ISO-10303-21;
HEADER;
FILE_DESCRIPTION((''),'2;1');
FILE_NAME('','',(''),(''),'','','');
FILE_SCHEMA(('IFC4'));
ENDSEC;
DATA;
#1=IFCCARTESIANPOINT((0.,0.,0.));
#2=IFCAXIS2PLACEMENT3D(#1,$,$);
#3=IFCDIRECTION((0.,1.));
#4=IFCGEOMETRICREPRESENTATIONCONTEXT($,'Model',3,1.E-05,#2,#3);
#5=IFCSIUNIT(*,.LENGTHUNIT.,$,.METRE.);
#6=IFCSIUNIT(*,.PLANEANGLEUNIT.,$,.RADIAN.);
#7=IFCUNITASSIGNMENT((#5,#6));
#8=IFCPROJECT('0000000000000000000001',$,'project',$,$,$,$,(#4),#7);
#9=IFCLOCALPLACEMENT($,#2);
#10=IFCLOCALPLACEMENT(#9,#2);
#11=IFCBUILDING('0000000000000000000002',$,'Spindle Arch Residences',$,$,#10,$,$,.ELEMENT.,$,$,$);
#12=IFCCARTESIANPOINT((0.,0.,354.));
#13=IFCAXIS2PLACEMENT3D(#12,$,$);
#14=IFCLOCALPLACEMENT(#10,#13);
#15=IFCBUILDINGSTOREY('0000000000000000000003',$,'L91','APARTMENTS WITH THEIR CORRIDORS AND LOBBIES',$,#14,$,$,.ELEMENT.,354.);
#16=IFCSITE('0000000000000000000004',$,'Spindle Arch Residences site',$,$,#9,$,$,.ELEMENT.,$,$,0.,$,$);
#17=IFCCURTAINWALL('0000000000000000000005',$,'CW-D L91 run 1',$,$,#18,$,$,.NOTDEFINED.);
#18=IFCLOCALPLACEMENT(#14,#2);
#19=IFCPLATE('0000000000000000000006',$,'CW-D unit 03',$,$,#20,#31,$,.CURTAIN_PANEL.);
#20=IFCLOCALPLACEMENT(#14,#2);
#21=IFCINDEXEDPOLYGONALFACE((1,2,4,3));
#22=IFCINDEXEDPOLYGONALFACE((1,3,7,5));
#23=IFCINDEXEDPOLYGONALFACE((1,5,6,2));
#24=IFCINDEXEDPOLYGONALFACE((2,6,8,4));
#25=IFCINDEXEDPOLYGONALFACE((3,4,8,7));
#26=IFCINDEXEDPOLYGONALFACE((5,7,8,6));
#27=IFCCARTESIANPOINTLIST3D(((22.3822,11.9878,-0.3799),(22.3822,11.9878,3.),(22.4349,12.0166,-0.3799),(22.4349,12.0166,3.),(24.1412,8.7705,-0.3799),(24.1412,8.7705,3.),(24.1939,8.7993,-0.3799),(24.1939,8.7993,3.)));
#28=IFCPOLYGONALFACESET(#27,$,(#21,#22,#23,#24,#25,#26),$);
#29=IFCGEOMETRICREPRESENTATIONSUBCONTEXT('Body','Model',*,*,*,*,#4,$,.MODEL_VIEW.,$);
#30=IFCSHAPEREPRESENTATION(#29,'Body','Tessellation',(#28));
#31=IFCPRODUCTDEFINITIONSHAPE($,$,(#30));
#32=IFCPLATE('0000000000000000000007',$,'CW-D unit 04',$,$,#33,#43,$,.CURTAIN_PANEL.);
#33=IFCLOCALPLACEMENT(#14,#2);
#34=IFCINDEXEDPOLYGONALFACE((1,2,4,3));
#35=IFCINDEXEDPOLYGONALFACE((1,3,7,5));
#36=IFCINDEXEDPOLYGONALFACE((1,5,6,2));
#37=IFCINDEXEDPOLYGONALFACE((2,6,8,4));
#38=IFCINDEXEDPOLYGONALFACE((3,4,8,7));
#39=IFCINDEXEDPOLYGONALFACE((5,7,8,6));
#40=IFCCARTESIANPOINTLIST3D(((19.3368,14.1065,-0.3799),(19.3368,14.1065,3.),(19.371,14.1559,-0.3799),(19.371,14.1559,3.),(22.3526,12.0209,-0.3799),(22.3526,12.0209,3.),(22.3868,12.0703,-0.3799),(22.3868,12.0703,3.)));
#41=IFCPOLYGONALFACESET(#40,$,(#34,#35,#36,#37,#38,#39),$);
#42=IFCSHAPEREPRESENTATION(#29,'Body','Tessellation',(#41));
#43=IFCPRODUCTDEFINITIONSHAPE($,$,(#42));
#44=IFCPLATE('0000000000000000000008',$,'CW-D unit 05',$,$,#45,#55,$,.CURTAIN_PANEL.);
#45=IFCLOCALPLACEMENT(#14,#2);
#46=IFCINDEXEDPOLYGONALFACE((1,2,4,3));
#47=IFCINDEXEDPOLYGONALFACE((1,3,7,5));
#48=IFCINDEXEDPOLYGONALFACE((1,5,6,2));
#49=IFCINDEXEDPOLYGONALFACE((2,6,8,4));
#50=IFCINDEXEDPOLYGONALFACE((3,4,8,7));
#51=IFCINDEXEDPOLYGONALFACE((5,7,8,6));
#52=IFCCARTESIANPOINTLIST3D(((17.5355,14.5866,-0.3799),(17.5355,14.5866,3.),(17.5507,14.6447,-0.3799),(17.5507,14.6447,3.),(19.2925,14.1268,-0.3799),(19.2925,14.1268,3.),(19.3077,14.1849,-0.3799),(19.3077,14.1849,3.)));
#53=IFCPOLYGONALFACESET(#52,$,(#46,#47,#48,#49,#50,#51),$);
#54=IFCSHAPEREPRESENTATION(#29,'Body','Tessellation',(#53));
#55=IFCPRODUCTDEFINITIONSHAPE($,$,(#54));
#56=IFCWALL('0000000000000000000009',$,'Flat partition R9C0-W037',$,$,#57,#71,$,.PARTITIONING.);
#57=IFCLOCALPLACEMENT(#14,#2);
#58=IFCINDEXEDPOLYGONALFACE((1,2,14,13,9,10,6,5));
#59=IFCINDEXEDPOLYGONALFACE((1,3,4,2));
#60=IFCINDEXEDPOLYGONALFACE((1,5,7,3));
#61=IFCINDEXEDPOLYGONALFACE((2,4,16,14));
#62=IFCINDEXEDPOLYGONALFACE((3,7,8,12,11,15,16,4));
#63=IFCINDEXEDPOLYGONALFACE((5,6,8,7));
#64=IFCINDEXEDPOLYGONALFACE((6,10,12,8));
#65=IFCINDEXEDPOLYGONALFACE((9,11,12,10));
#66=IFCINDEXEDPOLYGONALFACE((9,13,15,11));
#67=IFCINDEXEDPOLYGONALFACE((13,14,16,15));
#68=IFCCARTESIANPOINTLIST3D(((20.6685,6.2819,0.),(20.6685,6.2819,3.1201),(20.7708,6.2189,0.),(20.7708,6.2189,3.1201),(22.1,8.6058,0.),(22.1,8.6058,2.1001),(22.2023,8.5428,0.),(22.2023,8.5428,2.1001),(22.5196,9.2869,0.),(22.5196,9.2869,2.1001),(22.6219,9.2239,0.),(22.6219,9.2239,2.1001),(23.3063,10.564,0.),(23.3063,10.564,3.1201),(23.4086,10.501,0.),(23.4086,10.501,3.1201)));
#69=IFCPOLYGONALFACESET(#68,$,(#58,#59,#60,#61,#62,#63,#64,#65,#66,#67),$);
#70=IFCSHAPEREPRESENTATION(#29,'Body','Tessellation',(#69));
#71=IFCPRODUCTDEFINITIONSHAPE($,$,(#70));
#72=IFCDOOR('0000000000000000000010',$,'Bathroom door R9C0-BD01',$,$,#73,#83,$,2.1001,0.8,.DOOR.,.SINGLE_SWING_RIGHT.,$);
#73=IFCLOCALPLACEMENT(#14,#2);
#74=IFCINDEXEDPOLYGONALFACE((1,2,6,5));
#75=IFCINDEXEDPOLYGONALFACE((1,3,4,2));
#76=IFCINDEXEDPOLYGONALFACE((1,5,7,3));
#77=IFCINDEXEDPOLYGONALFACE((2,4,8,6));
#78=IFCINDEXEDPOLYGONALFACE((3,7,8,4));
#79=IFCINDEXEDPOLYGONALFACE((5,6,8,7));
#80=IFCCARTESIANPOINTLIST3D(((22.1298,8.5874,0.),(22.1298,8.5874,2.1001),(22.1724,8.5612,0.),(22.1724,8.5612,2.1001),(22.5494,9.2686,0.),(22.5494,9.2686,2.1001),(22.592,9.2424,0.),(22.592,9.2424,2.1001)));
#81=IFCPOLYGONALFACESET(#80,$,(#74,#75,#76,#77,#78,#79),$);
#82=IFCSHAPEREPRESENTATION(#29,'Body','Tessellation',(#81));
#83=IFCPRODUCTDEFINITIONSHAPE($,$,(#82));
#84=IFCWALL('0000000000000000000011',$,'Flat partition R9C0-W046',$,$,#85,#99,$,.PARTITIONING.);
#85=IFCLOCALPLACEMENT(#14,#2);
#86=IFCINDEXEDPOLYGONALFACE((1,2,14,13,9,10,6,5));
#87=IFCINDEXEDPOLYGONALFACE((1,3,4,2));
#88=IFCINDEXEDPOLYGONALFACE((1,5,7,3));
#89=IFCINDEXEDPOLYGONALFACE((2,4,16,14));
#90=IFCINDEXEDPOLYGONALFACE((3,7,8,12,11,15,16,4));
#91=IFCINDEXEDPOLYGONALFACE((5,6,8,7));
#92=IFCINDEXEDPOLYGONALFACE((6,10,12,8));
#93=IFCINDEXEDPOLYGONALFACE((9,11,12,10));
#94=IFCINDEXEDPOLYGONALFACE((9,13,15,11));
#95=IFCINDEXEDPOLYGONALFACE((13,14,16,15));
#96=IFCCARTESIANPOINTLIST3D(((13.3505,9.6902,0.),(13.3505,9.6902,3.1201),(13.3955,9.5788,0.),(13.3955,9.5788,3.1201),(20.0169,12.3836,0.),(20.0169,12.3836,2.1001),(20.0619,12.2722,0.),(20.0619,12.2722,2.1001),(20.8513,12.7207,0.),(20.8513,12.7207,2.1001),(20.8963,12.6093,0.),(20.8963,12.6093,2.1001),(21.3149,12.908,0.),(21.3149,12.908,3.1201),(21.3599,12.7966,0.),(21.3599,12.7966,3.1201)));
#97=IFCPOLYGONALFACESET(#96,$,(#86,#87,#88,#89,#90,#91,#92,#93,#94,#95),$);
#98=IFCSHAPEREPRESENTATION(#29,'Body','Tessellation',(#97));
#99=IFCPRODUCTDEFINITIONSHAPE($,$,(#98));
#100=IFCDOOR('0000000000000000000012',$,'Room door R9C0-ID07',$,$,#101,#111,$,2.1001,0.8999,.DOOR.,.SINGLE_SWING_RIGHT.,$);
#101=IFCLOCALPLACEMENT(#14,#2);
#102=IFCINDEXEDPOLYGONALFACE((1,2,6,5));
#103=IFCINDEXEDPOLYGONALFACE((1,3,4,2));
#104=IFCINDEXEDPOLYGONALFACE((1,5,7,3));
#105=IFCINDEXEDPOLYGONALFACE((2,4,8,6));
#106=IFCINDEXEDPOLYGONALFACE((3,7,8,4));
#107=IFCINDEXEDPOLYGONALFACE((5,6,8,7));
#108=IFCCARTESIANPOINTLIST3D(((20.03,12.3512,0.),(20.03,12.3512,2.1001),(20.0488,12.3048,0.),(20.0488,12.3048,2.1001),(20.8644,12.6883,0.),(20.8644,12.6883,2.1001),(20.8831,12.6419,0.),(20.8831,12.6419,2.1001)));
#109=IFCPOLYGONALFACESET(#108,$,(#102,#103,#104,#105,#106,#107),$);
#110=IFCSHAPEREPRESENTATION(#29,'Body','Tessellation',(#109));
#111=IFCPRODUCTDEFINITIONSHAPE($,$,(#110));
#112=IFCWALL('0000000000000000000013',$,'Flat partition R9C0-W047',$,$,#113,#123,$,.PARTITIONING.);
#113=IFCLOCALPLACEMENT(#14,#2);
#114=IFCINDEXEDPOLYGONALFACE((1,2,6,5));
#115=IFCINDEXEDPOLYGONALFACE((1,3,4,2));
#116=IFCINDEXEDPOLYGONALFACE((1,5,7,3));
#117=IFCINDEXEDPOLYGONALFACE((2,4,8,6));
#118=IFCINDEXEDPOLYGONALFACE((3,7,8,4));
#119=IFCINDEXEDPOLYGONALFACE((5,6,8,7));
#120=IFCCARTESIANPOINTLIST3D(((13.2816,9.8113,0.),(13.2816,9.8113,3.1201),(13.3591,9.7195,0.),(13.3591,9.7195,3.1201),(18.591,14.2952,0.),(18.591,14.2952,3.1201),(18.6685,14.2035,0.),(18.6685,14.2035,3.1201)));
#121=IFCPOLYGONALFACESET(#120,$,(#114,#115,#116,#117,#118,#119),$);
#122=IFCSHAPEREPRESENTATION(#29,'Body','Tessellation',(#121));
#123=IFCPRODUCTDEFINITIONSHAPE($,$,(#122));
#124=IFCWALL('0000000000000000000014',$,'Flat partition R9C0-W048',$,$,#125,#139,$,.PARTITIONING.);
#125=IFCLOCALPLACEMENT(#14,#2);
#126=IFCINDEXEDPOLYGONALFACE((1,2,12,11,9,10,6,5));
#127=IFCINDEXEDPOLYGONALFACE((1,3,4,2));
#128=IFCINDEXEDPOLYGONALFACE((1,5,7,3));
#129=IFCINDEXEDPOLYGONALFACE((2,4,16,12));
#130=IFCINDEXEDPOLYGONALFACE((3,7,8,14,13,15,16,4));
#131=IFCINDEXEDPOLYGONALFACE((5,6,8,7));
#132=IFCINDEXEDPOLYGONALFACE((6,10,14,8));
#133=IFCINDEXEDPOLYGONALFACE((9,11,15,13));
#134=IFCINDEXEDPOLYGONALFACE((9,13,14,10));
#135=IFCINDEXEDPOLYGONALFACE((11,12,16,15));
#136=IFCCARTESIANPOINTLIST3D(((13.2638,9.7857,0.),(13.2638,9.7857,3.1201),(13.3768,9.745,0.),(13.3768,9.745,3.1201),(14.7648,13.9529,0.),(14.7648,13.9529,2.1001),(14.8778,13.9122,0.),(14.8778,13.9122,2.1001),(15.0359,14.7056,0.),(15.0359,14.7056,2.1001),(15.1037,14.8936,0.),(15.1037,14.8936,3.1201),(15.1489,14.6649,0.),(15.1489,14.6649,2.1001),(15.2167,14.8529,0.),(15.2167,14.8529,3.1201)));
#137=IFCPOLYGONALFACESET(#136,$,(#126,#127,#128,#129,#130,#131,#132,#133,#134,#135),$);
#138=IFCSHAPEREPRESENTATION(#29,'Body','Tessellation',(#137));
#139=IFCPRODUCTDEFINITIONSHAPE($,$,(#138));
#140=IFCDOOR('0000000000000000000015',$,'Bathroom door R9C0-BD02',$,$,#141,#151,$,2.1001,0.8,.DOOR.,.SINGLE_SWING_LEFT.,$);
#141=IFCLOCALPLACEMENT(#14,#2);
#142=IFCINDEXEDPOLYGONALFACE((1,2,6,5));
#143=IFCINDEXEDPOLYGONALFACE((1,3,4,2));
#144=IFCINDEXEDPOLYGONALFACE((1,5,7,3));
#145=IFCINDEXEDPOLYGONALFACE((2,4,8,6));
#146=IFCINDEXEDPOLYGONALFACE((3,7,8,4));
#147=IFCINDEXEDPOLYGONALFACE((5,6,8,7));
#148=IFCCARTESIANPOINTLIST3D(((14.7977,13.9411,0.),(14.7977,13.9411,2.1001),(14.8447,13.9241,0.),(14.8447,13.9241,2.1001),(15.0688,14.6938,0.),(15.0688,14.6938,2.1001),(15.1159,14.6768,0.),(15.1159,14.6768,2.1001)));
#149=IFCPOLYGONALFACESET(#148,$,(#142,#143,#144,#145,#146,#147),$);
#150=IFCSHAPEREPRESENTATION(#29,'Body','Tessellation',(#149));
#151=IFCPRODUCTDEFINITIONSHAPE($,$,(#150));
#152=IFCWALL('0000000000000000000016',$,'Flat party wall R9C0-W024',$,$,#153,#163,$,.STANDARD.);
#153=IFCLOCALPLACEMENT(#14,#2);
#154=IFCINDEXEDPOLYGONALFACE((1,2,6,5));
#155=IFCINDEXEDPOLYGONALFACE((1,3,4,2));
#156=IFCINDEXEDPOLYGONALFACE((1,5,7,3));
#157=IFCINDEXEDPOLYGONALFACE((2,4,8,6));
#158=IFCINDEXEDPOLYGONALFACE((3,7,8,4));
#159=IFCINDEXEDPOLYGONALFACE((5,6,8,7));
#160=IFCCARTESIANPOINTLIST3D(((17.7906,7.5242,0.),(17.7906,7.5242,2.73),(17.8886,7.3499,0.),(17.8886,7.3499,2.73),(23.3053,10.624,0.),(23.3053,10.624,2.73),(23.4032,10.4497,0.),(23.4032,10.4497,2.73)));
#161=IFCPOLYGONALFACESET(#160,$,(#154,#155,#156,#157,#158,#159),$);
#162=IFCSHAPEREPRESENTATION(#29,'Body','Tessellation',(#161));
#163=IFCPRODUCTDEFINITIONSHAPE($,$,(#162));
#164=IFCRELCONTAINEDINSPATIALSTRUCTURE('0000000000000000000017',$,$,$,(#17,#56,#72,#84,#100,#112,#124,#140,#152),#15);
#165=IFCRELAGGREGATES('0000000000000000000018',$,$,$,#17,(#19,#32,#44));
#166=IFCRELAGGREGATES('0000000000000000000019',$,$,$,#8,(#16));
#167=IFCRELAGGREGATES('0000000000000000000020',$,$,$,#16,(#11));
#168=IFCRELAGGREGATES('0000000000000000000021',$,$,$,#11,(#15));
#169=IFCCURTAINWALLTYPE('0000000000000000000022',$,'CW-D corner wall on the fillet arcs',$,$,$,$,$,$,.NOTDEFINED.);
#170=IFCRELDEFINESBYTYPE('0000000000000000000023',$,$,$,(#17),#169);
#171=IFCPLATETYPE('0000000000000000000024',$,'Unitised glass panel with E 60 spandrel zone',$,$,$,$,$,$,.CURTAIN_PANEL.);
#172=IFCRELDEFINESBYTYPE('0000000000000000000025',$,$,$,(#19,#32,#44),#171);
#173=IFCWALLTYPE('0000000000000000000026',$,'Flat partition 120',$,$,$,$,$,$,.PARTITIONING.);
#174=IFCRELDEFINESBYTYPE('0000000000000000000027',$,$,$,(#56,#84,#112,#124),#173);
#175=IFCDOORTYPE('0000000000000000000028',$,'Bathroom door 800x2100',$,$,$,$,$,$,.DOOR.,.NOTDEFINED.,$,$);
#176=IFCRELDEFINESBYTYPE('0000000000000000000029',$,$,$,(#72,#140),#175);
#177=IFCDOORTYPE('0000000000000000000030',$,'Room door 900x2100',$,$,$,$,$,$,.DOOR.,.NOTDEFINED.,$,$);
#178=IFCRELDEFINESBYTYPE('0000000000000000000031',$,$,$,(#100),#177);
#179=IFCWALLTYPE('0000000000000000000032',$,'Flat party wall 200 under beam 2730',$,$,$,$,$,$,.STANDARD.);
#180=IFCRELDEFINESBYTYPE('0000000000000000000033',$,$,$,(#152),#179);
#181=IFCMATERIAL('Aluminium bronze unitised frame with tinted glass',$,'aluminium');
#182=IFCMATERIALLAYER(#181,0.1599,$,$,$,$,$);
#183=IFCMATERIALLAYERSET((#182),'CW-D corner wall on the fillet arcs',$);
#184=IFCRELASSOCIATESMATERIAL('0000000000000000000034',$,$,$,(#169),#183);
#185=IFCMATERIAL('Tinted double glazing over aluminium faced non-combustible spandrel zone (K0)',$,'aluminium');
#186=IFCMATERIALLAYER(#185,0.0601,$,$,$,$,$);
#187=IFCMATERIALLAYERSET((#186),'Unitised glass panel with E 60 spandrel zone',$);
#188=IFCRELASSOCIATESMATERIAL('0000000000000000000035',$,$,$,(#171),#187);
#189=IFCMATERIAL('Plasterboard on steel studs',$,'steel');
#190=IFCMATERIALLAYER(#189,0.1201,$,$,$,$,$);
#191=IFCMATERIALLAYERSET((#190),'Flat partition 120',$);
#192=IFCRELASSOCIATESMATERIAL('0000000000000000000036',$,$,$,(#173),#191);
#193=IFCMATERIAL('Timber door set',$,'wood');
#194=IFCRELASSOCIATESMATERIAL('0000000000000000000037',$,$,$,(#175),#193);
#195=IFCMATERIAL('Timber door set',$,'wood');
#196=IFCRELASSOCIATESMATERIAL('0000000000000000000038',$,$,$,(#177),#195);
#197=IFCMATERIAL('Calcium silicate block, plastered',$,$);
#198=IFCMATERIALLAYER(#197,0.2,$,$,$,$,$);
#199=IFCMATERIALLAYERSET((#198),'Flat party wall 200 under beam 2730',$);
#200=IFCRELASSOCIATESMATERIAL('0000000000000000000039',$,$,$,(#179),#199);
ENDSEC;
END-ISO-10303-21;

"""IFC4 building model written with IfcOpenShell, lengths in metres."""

from ifc_helpers import new_model, si_unit, direction, frame, frame_2d, origin, origin_2d, place, context, subcontext, project, spatial, rectangle, extrude, material, layer, layer_set, type_object, element, fill, aggregate, save


model = new_model("IFC4")

# Units and contexts
model_context = context("Model", 3, precision=1e-05, world=origin(), true_north=direction((0.0, 1.0)))
body_context = subcontext(model_context, "Body", "Model", "MODEL_VIEW")
ifc_project = project(units=[si_unit("LENGTHUNIT", "METRE"), si_unit("PLANEANGLEUNIT", "RADIAN")], contexts=[model_context])

# Site, building, storey
site_placement = place(None, origin())
site = spatial("IfcSite", under=ifc_project, at=site_placement, Name="Spindle Arch Residences site", CompositionType="ELEMENT", RefElevation=0.0)
building_placement = place(site_placement, origin())
building = spatial("IfcBuilding", under=site, at=building_placement, Name="Spindle Arch Residences", CompositionType="ELEMENT")
storey_placement = place(building_placement, frame((0.0, 0.0, 354.0)))
storey = spatial("IfcBuildingStorey", under=building, at=storey_placement, Name="L91", Description="APARTMENTS WITH THEIR CORRIDORS AND LOBBIES", CompositionType="ELEMENT", Elevation=354.0)

# Curtain wall
ifc_material_1 = material(Name="Aluminium bronze unitised frame with tinted glass", Category="aluminium")
ifc_layer_1 = layer(ifc_material_1, 0.1599)
ifc_layer_set_1 = layer_set([ifc_layer_1], Name="CW-D corner wall on the fillet arcs")
curtain_wall_type = type_object("IfcCurtainWallType", Name="CW-D corner wall on the fillet arcs", PredefinedType="NOTDEFINED", material=ifc_layer_set_1)
curtain_wall_placement = place(storey_placement, origin())
curtain_wall = element("IfcCurtainWall", 1, at=curtain_wall_placement, inside=storey, type_object=curtain_wall_type, Name="CW-D L91 run 1", PredefinedType="NOTDEFINED")

# Plates
ifc_material_2 = material(Name="Tinted double glazing over aluminium faced non-combustible spandrel zone (K0)", Category="aluminium")
ifc_layer_2 = layer(ifc_material_2, 0.0601)
ifc_layer_set_2 = layer_set([ifc_layer_2], Name="Unitised glass panel with E 60 spandrel zone")
plate_type = type_object("IfcPlateType", Name="Unitised glass panel with E 60 spandrel zone", PredefinedType="CURTAIN_PANEL", material=ifc_layer_set_2)
plate_1_placement = place(storey_placement, frame((23.2881, 10.3936, -0.3799), z_axis=(0.0, 0.0, 1.0), x_axis=(-0.479713, 0.877425, 0.0)))
plate_1 = element("IfcPlate", 2, at=plate_1_placement, type_object=plate_type, Name="CW-D unit 03", PredefinedType="CURTAIN_PANEL", context=body_context, shape_type="SweptSolid", body=[
    extrude(rectangle(XDim=3.6667, YDim=0.0601, at=origin_2d()), origin(), (0.0, 0.0, 1.0), 3.3799),
])
plate_2_placement = place(storey_placement, frame((20.8618, 13.0884, -0.3799), z_axis=(0.0, 0.0, 1.0), x_axis=(-0.822475, 0.568801, 0.0)))
plate_2 = element("IfcPlate", 3, at=plate_2_placement, type_object=plate_type, Name="CW-D unit 04", PredefinedType="CURTAIN_PANEL", context=body_context, shape_type="SweptSolid", body=[
    extrude(rectangle(XDim=3.6667, YDim=0.0601, at=origin_2d()), origin(), (0.0, 0.0, 1.0), 3.3799),
])
plate_3_placement = place(storey_placement, frame((18.4216, 14.3857, -0.3799), z_axis=(0.0, 0.0, 1.0), x_axis=(-0.967415, 0.253195, 0.0)))
plate_3 = element("IfcPlate", 4, at=plate_3_placement, type_object=plate_type, Name="CW-D unit 05", PredefinedType="CURTAIN_PANEL", context=body_context, shape_type="SweptSolid", body=[
    extrude(rectangle(XDim=1.8162, YDim=0.0601, at=origin_2d()), origin(), (0.0, 0.0, 1.0), 3.3799),
])
aggregate(curtain_wall, [plate_1, plate_2, plate_3])

# Walls, openings, doors
ifc_material_3 = material(Name="Plasterboard on steel studs", Category="steel")
ifc_layer_3 = layer(ifc_material_3, 0.1201)
ifc_layer_set_3 = layer_set([ifc_layer_3], Name="Flat partition 120")
wall_type_1 = type_object("IfcWallType", Name="Flat partition 120", PredefinedType="PARTITIONING", material=ifc_layer_set_3)
wall_1_placement = place(storey_placement, frame((23.3574, 10.5325, 0.0), z_axis=(0.0, 0.0, 1.0), x_axis=(-0.524477, -0.851425, 0.0)))
wall_1 = element("IfcWall", 5, at=wall_1_placement, inside=storey, type_object=wall_type_1, Name="Flat partition R9C0-W037", PredefinedType="PARTITIONING", context=body_context, shape_type="SweptSolid", body=[
    extrude(rectangle(XDim=5.0293, YDim=0.1201, at=frame_2d((2.5146, 0.0))), origin(), (0.0, 0.0, 1.0), 3.1201),
])
opening_1_placement = place(wall_1_placement, frame((1.5, 0.0, 0.0)))
opening_1 = element("IfcOpeningElement", 6, at=opening_1_placement, cuts=wall_1, PredefinedType="OPENING", context=body_context, shape_type="SweptSolid", body=[
    extrude(rectangle(XDim=0.8, YDim=2.1001, at=frame_2d((0.3999, 1.05))), frame((0.0, 0.0701, 0.0), z_axis=(0.0, -1.0, 0.0), x_axis=(1.0, 0.0, 0.0)), (0.0, 0.0, 1.0), 0.1401),
])
ifc_material_4 = material(Name="Timber door set", Category="wood")
door_type_1 = type_object("IfcDoorType", Name="Bathroom door 800x2100", OperationType="NOTDEFINED", PredefinedType="DOOR", material=ifc_material_4)
door_1_placement = place(opening_1_placement, origin())
door_1 = element("IfcDoor", 7, at=door_1_placement, inside=storey, type_object=door_type_1, Name="Bathroom door R9C0-BD01", OperationType="SINGLE_SWING_RIGHT", OverallHeight=2.1001, OverallWidth=0.8, PredefinedType="DOOR", context=body_context, shape_type="SweptSolid", body=[
    extrude(rectangle(XDim=0.8, YDim=2.1001, at=frame_2d((0.3999, 1.05))), frame((0.0, 0.0249, 0.0), z_axis=(0.0, -1.0, 0.0), x_axis=(1.0, 0.0, 0.0)), (0.0, 0.0, 1.0), 0.05),
])
fill(opening_1, door_1)
wall_2_placement = place(storey_placement, frame((21.3374, 12.8523, 0.0), z_axis=(0.0, 0.0, 1.0), x_axis=(-0.927185, -0.374603, 0.0)))
wall_2 = element("IfcWall", 8, at=wall_2_placement, inside=storey, type_object=wall_type_1, Name="Flat partition R9C0-W046", PredefinedType="PARTITIONING", context=body_context, shape_type="SweptSolid", body=[
    extrude(rectangle(XDim=8.5898, YDim=0.1201, at=frame_2d((4.2949, 0.0))), origin(), (0.0, 0.0, 1.0), 3.1201),
])
opening_2_placement = place(wall_2_placement, frame((0.5, 0.0, 0.0)))
opening_2 = element("IfcOpeningElement", 9, at=opening_2_placement, cuts=wall_2, PredefinedType="OPENING", context=body_context, shape_type="SweptSolid", body=[
    extrude(rectangle(XDim=0.8999, YDim=2.1001, at=frame_2d((0.45, 1.05))), frame((0.0, 0.0701, 0.0), z_axis=(0.0, -1.0, 0.0), x_axis=(1.0, 0.0, 0.0)), (0.0, 0.0, 1.0), 0.1401),
])
ifc_material_5 = material(Name="Timber door set", Category="wood")
door_type_2 = type_object("IfcDoorType", Name="Room door 900x2100", OperationType="NOTDEFINED", PredefinedType="DOOR", material=ifc_material_5)
door_2_placement = place(opening_2_placement, origin())
door_2 = element("IfcDoor", 10, at=door_2_placement, inside=storey, type_object=door_type_2, Name="Room door R9C0-ID07", OperationType="SINGLE_SWING_RIGHT", OverallHeight=2.1001, OverallWidth=0.8999, PredefinedType="DOOR", context=body_context, shape_type="SweptSolid", body=[
    extrude(rectangle(XDim=0.8999, YDim=2.1001, at=frame_2d((0.45, 1.05))), frame((0.0, 0.0249, 0.0), z_axis=(0.0, -1.0, 0.0), x_axis=(1.0, 0.0, 0.0)), (0.0, 0.0, 1.0), 0.05),
])
fill(opening_2, door_2)

# Wall
wall_3_placement = place(storey_placement, frame((18.6296, 14.2493, 0.0), z_axis=(0.0, 0.0, 1.0), x_axis=(-0.763998, -0.645219, 0.0)))
element("IfcWall", 11, at=wall_3_placement, inside=storey, type_object=wall_type_1, Name="Flat partition R9C0-W047", PredefinedType="PARTITIONING", context=body_context, shape_type="SweptSolid", body=[
    extrude(rectangle(XDim=6.9495, YDim=0.1201, at=frame_2d((3.4746, 0.0))), origin(), (0.0, 0.0, 1.0), 3.1201),
])

# Wall, opening, door
wall_4_placement = place(storey_placement, frame((15.1602, 14.8733, 0.0), z_axis=(0.0, 0.0, 1.0), x_axis=(-0.338882, -0.940829, 0.0)))
wall_4 = element("IfcWall", 12, at=wall_4_placement, inside=storey, type_object=wall_type_1, Name="Flat partition R9C0-W048", PredefinedType="PARTITIONING", context=body_context, shape_type="SweptSolid", body=[
    extrude(rectangle(XDim=5.4292, YDim=0.1201, at=frame_2d((2.7146, 0.0))), origin(), (0.0, 0.0, 1.0), 3.1201),
])
opening_3_placement = place(wall_4_placement, frame((0.2, 0.0, 0.0)))
opening_3 = element("IfcOpeningElement", 13, at=opening_3_placement, cuts=wall_4, PredefinedType="OPENING", context=body_context, shape_type="SweptSolid", body=[
    extrude(rectangle(XDim=0.8, YDim=2.1001, at=frame_2d((0.3999, 1.05))), frame((0.0, 0.0701, 0.0), z_axis=(0.0, -1.0, 0.0), x_axis=(1.0, 0.0, 0.0)), (0.0, 0.0, 1.0), 0.1401),
])
door_3_placement = place(opening_3_placement, origin())
door_3 = element("IfcDoor", 14, at=door_3_placement, inside=storey, type_object=door_type_1, Name="Bathroom door R9C0-BD02", OperationType="SINGLE_SWING_LEFT", OverallHeight=2.1001, OverallWidth=0.8, PredefinedType="DOOR", context=body_context, shape_type="SweptSolid", body=[
    extrude(rectangle(XDim=0.8, YDim=2.1001, at=frame_2d((0.3999, 1.05))), frame((0.0, 0.0249, 0.0), z_axis=(0.0, -1.0, 0.0), x_axis=(1.0, 0.0, 0.0)), (0.0, 0.0, 1.0), 0.05),
])
fill(opening_3, door_3)

# Wall
ifc_material_6 = material(Name="Calcium silicate block, plastered")
ifc_layer_4 = layer(ifc_material_6, 0.2)
ifc_layer_set_4 = layer_set([ifc_layer_4], Name="Flat party wall 200 under beam 2730")
wall_type_2 = type_object("IfcWallType", Name="Flat party wall 200 under beam 2730", PredefinedType="STANDARD", material=ifc_layer_set_4)
wall_5_placement = place(storey_placement, frame((23.3542, 10.5369, 0.0), z_axis=(0.0, 0.0, 1.0), x_axis=(-0.87172, -0.490005, 0.0)))
element("IfcWall", 15, at=wall_5_placement, inside=storey, type_object=wall_type_2, Name="Flat party wall R9C0-W024", PredefinedType="STANDARD", context=body_context, shape_type="SweptSolid", body=[
    extrude(rectangle(XDim=6.3262, YDim=0.2, at=frame_2d((3.1631, 0.0))), origin(), (0.0, 0.0, 1.0), 2.73),
])

save(model, "model.ifc")
